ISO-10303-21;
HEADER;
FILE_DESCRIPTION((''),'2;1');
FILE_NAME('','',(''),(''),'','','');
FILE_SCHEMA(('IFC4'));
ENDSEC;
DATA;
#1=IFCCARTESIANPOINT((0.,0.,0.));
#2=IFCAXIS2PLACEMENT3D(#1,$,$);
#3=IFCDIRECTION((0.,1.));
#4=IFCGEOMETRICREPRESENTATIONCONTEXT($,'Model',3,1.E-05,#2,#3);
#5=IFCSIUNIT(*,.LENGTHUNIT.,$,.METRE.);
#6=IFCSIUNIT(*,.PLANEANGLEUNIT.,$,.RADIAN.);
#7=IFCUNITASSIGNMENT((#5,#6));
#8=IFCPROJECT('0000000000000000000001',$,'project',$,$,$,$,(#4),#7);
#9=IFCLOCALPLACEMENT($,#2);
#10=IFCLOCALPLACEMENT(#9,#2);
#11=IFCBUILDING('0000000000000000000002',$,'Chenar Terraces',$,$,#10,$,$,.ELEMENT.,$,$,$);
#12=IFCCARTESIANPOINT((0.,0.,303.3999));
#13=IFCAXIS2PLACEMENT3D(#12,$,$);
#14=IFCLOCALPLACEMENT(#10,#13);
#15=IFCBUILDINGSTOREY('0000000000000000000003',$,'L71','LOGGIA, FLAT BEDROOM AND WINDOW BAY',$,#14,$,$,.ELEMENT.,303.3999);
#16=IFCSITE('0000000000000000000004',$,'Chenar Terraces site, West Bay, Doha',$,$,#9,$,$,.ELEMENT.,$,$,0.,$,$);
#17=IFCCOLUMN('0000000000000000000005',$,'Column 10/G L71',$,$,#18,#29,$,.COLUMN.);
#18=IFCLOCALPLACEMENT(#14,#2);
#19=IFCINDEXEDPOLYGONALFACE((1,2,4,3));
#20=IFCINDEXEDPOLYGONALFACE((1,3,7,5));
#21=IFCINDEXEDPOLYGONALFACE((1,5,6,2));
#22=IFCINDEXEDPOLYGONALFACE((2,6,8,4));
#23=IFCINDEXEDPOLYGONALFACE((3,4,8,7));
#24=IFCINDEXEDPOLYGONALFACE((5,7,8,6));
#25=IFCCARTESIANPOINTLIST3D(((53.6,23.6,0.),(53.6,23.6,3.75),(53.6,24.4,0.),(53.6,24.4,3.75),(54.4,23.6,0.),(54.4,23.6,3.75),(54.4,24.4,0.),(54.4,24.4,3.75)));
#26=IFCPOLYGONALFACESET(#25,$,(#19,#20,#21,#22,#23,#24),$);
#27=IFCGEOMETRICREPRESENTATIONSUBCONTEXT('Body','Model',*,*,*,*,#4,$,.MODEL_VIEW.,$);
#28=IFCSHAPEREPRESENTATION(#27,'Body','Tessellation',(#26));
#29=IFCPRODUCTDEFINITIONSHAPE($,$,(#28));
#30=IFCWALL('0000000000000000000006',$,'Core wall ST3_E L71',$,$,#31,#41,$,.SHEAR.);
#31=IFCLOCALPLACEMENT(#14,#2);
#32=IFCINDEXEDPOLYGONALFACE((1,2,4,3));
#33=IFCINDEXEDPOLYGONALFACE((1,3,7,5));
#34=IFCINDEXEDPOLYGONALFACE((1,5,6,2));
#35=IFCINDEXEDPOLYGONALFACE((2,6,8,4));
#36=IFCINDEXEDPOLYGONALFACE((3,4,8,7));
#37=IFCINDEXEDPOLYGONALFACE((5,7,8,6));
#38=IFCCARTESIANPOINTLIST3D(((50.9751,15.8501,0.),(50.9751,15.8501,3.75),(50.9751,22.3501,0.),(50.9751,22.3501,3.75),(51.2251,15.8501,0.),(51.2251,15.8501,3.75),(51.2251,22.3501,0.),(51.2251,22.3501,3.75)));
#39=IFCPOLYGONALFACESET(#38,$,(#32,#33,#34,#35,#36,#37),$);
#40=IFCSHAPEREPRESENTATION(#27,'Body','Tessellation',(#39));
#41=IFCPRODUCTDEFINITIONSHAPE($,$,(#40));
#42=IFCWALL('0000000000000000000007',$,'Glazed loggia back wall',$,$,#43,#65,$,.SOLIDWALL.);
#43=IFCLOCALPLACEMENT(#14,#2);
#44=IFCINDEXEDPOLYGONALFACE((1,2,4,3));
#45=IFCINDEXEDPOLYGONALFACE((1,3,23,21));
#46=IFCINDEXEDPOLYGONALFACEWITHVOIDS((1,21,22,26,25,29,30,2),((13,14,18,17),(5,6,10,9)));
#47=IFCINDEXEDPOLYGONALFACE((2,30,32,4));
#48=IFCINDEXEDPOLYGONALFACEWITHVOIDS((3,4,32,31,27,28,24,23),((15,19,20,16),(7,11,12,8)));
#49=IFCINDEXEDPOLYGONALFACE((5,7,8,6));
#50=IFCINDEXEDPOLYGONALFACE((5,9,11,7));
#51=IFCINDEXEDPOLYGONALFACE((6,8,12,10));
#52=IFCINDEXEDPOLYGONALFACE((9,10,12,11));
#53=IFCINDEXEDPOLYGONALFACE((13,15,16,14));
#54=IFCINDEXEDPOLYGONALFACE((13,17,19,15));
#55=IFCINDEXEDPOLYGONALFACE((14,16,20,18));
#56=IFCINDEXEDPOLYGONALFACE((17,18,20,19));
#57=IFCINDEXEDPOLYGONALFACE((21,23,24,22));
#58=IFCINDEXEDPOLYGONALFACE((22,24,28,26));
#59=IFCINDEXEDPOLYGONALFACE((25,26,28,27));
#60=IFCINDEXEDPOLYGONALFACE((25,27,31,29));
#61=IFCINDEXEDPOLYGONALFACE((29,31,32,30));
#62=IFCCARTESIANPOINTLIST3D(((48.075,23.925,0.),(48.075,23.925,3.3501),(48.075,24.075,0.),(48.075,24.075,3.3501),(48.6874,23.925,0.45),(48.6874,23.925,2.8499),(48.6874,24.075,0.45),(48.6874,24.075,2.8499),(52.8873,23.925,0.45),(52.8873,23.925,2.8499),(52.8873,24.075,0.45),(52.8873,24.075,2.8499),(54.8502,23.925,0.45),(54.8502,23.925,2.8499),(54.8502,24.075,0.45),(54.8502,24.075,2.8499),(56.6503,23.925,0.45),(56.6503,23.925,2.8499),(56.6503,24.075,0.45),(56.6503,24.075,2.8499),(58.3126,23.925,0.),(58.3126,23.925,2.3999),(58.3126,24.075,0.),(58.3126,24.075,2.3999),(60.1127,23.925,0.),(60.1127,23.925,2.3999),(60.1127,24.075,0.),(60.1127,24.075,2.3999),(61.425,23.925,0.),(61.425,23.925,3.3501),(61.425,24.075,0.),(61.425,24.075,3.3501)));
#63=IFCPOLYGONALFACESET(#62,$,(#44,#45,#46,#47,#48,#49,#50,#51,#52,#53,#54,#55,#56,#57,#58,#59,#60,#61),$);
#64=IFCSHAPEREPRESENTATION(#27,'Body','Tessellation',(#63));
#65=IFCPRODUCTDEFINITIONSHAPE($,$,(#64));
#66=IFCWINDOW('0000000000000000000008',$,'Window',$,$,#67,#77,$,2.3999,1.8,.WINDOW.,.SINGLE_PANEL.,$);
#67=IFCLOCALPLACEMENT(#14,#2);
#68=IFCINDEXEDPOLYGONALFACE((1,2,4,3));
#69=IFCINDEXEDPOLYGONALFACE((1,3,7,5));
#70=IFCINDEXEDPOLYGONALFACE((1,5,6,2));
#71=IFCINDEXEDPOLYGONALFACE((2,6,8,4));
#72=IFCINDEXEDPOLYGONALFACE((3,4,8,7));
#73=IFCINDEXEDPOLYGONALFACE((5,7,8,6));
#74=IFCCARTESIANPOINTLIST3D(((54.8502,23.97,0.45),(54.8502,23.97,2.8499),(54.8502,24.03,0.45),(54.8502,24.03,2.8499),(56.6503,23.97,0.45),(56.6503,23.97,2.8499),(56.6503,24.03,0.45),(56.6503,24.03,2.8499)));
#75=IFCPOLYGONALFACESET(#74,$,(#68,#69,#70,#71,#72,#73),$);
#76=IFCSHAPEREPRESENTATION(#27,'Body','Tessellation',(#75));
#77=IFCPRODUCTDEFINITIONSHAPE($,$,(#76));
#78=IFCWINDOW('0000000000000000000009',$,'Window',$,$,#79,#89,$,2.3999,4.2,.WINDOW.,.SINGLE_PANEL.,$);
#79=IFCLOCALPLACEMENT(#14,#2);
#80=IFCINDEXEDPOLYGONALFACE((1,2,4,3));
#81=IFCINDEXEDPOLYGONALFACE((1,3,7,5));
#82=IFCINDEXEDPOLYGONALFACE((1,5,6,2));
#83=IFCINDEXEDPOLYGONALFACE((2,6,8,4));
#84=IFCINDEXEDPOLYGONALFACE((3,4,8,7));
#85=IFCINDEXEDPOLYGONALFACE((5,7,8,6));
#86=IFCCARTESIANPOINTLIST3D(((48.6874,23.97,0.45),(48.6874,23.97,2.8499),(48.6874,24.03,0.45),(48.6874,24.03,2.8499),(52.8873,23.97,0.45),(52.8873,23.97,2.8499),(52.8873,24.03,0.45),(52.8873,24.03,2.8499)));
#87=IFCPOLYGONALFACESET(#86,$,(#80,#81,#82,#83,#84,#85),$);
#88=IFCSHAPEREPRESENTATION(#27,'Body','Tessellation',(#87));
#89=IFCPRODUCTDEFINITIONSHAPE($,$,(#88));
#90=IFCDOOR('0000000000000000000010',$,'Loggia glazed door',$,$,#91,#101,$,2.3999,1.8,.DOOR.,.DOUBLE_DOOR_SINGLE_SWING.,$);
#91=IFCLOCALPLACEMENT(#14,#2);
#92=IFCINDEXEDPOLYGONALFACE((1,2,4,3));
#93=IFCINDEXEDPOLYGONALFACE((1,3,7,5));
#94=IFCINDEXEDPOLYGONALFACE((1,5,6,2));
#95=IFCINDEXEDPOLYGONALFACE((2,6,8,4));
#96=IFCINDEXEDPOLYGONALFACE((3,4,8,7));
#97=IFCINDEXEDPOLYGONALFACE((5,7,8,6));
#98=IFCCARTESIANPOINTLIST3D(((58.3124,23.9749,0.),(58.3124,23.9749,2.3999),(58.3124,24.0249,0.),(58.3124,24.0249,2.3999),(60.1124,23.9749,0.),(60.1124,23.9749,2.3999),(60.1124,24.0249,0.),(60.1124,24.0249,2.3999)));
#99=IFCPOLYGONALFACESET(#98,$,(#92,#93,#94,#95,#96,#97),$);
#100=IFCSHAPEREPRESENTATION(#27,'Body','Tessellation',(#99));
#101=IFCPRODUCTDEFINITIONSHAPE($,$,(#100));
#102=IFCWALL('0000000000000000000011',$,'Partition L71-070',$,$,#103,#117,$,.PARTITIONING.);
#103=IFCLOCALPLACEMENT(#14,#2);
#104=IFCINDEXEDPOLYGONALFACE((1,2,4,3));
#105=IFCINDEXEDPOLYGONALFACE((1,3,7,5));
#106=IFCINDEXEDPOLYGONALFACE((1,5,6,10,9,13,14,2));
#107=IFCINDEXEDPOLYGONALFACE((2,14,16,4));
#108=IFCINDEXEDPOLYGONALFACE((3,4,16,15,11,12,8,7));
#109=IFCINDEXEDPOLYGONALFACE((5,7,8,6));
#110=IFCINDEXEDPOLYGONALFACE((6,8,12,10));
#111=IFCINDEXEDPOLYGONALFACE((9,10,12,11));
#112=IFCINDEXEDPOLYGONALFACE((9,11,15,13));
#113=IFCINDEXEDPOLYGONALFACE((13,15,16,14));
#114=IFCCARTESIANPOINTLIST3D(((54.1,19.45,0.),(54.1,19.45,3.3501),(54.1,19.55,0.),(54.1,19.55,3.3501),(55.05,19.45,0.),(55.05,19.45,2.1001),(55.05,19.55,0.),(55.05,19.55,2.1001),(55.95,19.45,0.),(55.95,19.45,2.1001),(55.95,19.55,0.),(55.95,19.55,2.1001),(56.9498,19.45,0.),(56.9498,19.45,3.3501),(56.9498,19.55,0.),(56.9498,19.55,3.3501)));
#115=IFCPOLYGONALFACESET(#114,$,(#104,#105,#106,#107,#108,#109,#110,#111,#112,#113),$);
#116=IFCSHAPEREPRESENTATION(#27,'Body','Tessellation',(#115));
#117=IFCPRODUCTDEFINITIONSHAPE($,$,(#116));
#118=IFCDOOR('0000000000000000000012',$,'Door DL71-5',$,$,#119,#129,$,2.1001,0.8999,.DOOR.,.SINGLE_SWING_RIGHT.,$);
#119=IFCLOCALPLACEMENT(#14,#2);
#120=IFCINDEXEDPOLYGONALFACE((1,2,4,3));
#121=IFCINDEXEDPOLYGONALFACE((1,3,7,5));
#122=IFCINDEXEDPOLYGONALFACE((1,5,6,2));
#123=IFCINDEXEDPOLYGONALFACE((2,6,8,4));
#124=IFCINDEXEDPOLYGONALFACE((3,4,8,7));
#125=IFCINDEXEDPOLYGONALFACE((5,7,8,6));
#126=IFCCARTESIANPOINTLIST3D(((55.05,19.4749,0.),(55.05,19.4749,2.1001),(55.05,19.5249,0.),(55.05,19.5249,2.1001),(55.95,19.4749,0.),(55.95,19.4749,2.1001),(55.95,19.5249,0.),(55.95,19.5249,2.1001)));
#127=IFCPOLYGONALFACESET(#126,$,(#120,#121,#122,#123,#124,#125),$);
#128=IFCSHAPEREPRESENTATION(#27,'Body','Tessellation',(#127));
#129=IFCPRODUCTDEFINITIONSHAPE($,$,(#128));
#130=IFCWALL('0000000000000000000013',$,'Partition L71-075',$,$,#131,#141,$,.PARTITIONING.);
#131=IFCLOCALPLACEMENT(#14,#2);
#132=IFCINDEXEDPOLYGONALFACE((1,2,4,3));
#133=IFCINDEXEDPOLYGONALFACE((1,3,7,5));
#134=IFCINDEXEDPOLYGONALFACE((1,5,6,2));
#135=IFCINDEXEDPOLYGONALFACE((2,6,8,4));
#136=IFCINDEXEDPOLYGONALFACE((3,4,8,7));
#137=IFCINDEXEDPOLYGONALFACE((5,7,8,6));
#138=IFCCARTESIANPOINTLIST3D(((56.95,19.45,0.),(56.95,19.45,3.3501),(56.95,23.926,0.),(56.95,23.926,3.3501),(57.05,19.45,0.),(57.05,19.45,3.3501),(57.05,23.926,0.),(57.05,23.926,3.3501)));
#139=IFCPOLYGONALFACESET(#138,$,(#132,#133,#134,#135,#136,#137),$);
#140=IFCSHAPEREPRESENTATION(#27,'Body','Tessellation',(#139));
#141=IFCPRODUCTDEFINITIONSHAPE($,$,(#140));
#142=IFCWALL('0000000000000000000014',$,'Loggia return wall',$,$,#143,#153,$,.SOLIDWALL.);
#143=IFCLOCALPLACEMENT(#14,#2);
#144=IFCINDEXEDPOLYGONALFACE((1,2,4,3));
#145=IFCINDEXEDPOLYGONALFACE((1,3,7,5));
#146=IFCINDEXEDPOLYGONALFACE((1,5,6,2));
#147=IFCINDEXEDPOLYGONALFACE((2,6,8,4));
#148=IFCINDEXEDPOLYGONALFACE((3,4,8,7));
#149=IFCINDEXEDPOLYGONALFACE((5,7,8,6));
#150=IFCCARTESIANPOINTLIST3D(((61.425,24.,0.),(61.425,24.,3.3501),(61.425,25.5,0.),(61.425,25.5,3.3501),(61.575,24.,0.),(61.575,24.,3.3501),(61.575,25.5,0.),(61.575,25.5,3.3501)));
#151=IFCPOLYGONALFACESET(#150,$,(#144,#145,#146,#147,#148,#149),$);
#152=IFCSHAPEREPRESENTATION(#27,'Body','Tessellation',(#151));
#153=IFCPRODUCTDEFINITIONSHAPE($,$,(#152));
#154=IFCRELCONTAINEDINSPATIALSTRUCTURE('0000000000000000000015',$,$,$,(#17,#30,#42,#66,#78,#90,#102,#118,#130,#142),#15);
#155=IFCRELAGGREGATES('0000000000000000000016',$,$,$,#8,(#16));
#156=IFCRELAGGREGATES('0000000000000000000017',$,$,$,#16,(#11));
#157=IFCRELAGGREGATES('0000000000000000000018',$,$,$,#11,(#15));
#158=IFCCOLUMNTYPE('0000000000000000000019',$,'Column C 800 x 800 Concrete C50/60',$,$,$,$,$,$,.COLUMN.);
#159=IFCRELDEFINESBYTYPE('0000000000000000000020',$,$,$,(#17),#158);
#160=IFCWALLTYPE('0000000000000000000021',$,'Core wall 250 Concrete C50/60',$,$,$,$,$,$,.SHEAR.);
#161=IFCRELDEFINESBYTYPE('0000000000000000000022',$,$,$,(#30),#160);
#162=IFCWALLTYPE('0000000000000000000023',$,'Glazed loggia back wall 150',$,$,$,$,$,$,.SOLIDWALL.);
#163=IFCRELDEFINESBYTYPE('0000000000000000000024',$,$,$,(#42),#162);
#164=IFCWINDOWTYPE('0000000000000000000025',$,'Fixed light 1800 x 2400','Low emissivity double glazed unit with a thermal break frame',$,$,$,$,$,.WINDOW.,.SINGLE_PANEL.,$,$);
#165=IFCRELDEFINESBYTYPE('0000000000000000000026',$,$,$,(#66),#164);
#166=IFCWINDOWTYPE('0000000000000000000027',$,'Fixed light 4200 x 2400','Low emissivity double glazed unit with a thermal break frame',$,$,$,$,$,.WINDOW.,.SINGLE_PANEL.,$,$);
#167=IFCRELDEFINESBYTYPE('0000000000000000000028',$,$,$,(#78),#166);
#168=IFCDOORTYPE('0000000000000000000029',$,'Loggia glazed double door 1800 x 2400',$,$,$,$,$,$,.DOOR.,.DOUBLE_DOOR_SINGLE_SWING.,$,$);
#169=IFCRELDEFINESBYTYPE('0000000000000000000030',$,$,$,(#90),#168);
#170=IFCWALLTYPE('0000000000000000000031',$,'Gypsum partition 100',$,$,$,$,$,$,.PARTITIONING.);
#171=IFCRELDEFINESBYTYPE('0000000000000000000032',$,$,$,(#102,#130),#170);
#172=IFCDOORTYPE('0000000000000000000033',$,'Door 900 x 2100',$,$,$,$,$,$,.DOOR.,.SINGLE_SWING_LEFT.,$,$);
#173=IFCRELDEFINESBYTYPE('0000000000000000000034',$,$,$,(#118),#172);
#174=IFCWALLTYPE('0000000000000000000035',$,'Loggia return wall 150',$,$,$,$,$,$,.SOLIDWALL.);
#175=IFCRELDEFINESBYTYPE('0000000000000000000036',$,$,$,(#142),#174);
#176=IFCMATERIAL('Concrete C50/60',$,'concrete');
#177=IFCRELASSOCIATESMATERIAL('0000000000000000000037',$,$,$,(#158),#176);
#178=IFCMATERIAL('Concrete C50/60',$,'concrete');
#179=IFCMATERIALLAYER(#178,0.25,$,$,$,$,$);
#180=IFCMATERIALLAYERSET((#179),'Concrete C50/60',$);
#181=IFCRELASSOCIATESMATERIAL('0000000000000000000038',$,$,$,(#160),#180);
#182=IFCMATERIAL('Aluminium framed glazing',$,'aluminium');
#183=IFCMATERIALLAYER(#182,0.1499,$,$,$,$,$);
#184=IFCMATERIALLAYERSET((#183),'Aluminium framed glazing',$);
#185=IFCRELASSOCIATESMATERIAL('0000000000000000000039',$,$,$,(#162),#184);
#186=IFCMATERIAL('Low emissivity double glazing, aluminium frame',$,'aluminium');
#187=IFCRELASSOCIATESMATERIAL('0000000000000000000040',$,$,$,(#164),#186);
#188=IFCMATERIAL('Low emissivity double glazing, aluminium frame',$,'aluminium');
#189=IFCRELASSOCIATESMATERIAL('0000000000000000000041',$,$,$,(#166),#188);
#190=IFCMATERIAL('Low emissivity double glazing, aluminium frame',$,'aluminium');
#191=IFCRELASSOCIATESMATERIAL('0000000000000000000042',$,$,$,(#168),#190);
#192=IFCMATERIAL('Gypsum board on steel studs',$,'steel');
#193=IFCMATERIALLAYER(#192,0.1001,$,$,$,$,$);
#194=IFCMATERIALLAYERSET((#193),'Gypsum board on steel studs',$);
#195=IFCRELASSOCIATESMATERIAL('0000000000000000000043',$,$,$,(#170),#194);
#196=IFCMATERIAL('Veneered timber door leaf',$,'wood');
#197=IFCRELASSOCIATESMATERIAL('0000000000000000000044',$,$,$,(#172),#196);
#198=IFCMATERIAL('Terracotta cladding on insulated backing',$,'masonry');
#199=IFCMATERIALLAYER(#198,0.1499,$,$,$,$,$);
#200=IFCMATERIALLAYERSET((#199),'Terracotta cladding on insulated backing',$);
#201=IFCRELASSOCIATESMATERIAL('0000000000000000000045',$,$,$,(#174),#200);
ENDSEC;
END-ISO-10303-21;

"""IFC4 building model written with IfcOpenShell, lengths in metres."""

from ifc_helpers import new_model, si_unit, direction, frame, frame_2d, origin, origin_2d, place, context, subcontext, project, spatial, rectangle, extrude, material, layer, layer_set, material_profile, profile_set, type_object, element, fill, save


model = new_model("IFC4")

# Units and contexts
model_context = context("Model", 3, precision=1e-05, world=origin(), true_north=direction((0.0, 1.0)))
body_context = subcontext(model_context, "Body", "Model", "MODEL_VIEW")
ifc_project = project(units=[si_unit("LENGTHUNIT", "METRE"), si_unit("PLANEANGLEUNIT", "RADIAN")], contexts=[model_context])

# Site, building, storey
site_placement = place(None, origin())
site = spatial("IfcSite", under=ifc_project, at=site_placement, Name="Chenar Terraces site, West Bay, Doha", CompositionType="ELEMENT", RefElevation=0.0)
building_placement = place(site_placement, origin())
building = spatial("IfcBuilding", under=site, at=building_placement, Name="Chenar Terraces", CompositionType="ELEMENT")
storey_placement = place(building_placement, frame((0.0, 0.0, 303.3999)))
storey = spatial("IfcBuildingStorey", under=building, at=storey_placement, Name="L71", Description="LOGGIA, FLAT BEDROOM AND WINDOW BAY", CompositionType="ELEMENT", Elevation=303.3999)

# Column
ifc_material_1 = material(Name="Concrete C50/60", Category="concrete")
ifc_material_profile_1 = material_profile(ifc_material_1, rectangle(XDim=0.8, YDim=0.8, at=origin_2d()), Name="C 800 x 800")
ifc_profile_set_1 = profile_set([ifc_material_profile_1], Name="Concrete C50/60")
column_type = type_object("IfcColumnType", Name="Column C 800 x 800 Concrete C50/60", PredefinedType="COLUMN", material=ifc_profile_set_1)
column_placement = place(storey_placement, frame((54.0, 24.0, 0.0), z_axis=(0.0, 0.0, 1.0), x_axis=(1.0, 0.0, 0.0)))
element("IfcColumn", 1, at=column_placement, inside=storey, type_object=column_type, Name="Column 10/G L71", PredefinedType="COLUMN", context=body_context, shape_type="SweptSolid", body=[
    extrude(rectangle(XDim=0.8, YDim=0.8, at=origin_2d()), origin(), (0.0, 0.0, 1.0), 3.75),
])

# Wall
ifc_material_2 = material(Name="Concrete C50/60", Category="concrete")
ifc_layer_1 = layer(ifc_material_2, 0.25)
ifc_layer_set_1 = layer_set([ifc_layer_1], Name="Concrete C50/60")
wall_type_1 = type_object("IfcWallType", Name="Core wall 250 Concrete C50/60", PredefinedType="SHEAR", material=ifc_layer_set_1)
wall_1_placement = place(storey_placement, frame((51.1001, 15.8501, 0.0), z_axis=(0.0, 0.0, 1.0), x_axis=(0.0, 1.0, 0.0)))
element("IfcWall", 2, at=wall_1_placement, inside=storey, type_object=wall_type_1, Name="Core wall ST3_E L71", PredefinedType="SHEAR", context=body_context, shape_type="SweptSolid", body=[
    extrude(rectangle(XDim=6.5, YDim=0.25, at=frame_2d((3.25, 0.0))), origin(), (0.0, 0.0, 1.0), 3.75),
])

# Wall, openings, windows, door
ifc_material_3 = material(Name="Aluminium framed glazing", Category="aluminium")
ifc_layer_2 = layer(ifc_material_3, 0.1499)
ifc_layer_set_2 = layer_set([ifc_layer_2], Name="Aluminium framed glazing")
wall_type_2 = type_object("IfcWallType", Name="Glazed loggia back wall 150", PredefinedType="SOLIDWALL", material=ifc_layer_set_2)
wall_2_placement = place(storey_placement, frame((61.425, 24.0, 0.0), z_axis=(0.0, 0.0, 1.0), x_axis=(-1.0, 0.0, 0.0)))
wall_2 = element("IfcWall", 3, at=wall_2_placement, inside=storey, type_object=wall_type_2, Name="Glazed loggia back wall", PredefinedType="SOLIDWALL", context=body_context, shape_type="SweptSolid", body=[
    extrude(rectangle(XDim=13.3501, YDim=0.1499, at=frame_2d((6.675, 0.0))), origin(), (0.0, 0.0, 1.0), 3.3501),
])
opening_1_placement = place(wall_2_placement, frame((1.3125, 0.0, 0.0)))
opening_1 = element("IfcOpeningElement", 4, at=opening_1_placement, cuts=wall_2, PredefinedType="OPENING", context=body_context, shape_type="SweptSolid", body=[
    extrude(rectangle(XDim=1.8, YDim=2.3999, at=frame_2d((0.8999, 1.2))), frame((0.0, 0.085, 0.0), z_axis=(0.0, -1.0, 0.0), x_axis=(1.0, 0.0, 0.0)), (0.0, 0.0, 1.0), 0.1699),
])
opening_2_placement = place(wall_2_placement, frame((4.7749, 0.0, 0.45)))
opening_2 = element("IfcOpeningElement", 5, at=opening_2_placement, cuts=wall_2, PredefinedType="OPENING", context=body_context, shape_type="SweptSolid", body=[
    extrude(rectangle(XDim=1.8, YDim=2.3999, at=frame_2d((0.8999, 1.2))), frame((0.0, 0.085, 0.0), z_axis=(0.0, -1.0, 0.0), x_axis=(1.0, 0.0, 0.0)), (0.0, 0.0, 1.0), 0.1699),
])
opening_3_placement = place(wall_2_placement, frame((8.5376, 0.0, 0.45)))
opening_3 = element("IfcOpeningElement", 6, at=opening_3_placement, cuts=wall_2, PredefinedType="OPENING", context=body_context, shape_type="SweptSolid", body=[
    extrude(rectangle(XDim=4.2, YDim=2.3999, at=frame_2d((2.1001, 1.2))), frame((0.0, 0.085, 0.0), z_axis=(0.0, -1.0, 0.0), x_axis=(1.0, 0.0, 0.0)), (0.0, 0.0, 1.0), 0.1699),
])
ifc_material_4 = material(Name="Low emissivity double glazing, aluminium frame", Category="aluminium")
window_type_1 = type_object("IfcWindowType", Name="Fixed light 1800 x 2400", Description="Low emissivity double glazed unit with a thermal break frame", PartitioningType="SINGLE_PANEL", PredefinedType="WINDOW", material=ifc_material_4)
window_1_placement = place(opening_2_placement, origin())
window_1 = element("IfcWindow", 7, at=window_1_placement, inside=storey, type_object=window_type_1, Name="Window", OverallHeight=2.3999, OverallWidth=1.8, PartitioningType="SINGLE_PANEL", PredefinedType="WINDOW", context=body_context, shape_type="SweptSolid", body=[
    extrude(rectangle(XDim=1.8, YDim=2.3999, at=frame_2d((0.8999, 1.2))), frame((0.0, 0.03, 0.0), z_axis=(0.0, -1.0, 0.0), x_axis=(1.0, 0.0, 0.0)), (0.0, 0.0, 1.0), 0.0601),
])
fill(opening_2, window_1)
ifc_material_5 = material(Name="Low emissivity double glazing, aluminium frame", Category="aluminium")
window_type_2 = type_object("IfcWindowType", Name="Fixed light 4200 x 2400", Description="Low emissivity double glazed unit with a thermal break frame", PartitioningType="SINGLE_PANEL", PredefinedType="WINDOW", material=ifc_material_5)
window_2_placement = place(opening_3_placement, origin())
window_2 = element("IfcWindow", 8, at=window_2_placement, inside=storey, type_object=window_type_2, Name="Window", OverallHeight=2.3999, OverallWidth=4.2, PartitioningType="SINGLE_PANEL", PredefinedType="WINDOW", context=body_context, shape_type="SweptSolid", body=[
    extrude(rectangle(XDim=4.2, YDim=2.3999, at=frame_2d((2.1001, 1.2))), frame((0.0, 0.03, 0.0), z_axis=(0.0, -1.0, 0.0), x_axis=(1.0, 0.0, 0.0)), (0.0, 0.0, 1.0), 0.0601),
])
fill(opening_3, window_2)
ifc_material_6 = material(Name="Low emissivity double glazing, aluminium frame", Category="aluminium")
door_type_1 = type_object("IfcDoorType", Name="Loggia glazed double door 1800 x 2400", OperationType="DOUBLE_DOOR_SINGLE_SWING", PredefinedType="DOOR", material=ifc_material_6)
door_1_placement = place(opening_1_placement, frame((1.8, 0.0, 0.0), z_axis=(0.0, 0.0, 1.0), x_axis=(-1.0, 0.0, 0.0)))
door_1 = element("IfcDoor", 9, at=door_1_placement, inside=storey, type_object=door_type_1, Name="Loggia glazed door", OperationType="DOUBLE_DOOR_SINGLE_SWING", OverallHeight=2.3999, OverallWidth=1.8, PredefinedType="DOOR", context=body_context, shape_type="SweptSolid", body=[
    extrude(rectangle(XDim=1.8, YDim=2.3999, at=frame_2d((0.8999, 1.2))), frame((0.0, 0.0249, 0.0), z_axis=(0.0, -1.0, 0.0), x_axis=(1.0, 0.0, 0.0)), (0.0, 0.0, 1.0), 0.05),
])
fill(opening_1, door_1)

# Wall, opening, door
ifc_material_7 = material(Name="Gypsum board on steel studs", Category="steel")
ifc_layer_3 = layer(ifc_material_7, 0.1001)
ifc_layer_set_3 = layer_set([ifc_layer_3], Name="Gypsum board on steel studs")
wall_type_3 = type_object("IfcWallType", Name="Gypsum partition 100", PredefinedType="PARTITIONING", material=ifc_layer_set_3)
wall_3_placement = place(storey_placement, frame((54.1001, 19.5, 0.0), z_axis=(0.0, 0.0, 1.0), x_axis=(1.0, 0.0, 0.0)))
wall_3 = element("IfcWall", 10, at=wall_3_placement, inside=storey, type_object=wall_type_3, Name="Partition L71-070", PredefinedType="PARTITIONING", context=body_context, shape_type="SweptSolid", body=[
    extrude(rectangle(XDim=2.8499, YDim=0.1001, at=frame_2d((1.4248, 0.0))), origin(), (0.0, 0.0, 1.0), 3.3501),
])
opening_4_placement = place(wall_3_placement, frame((0.95, 0.0, 0.0)))
opening_4 = element("IfcOpeningElement", 11, at=opening_4_placement, cuts=wall_3, PredefinedType="OPENING", context=body_context, shape_type="SweptSolid", body=[
    extrude(rectangle(XDim=0.8999, YDim=2.1001, at=frame_2d((0.45, 1.05))), frame((0.0, 0.0601, 0.0), z_axis=(0.0, -1.0, 0.0), x_axis=(1.0, 0.0, 0.0)), (0.0, 0.0, 1.0), 0.1201),
])
ifc_material_8 = material(Name="Veneered timber door leaf", Category="wood")
door_type_2 = type_object("IfcDoorType", Name="Door 900 x 2100", OperationType="SINGLE_SWING_LEFT", PredefinedType="DOOR", material=ifc_material_8)
door_2_placement = place(opening_4_placement, origin())
door_2 = element("IfcDoor", 12, at=door_2_placement, inside=storey, type_object=door_type_2, Name="Door DL71-5", OperationType="SINGLE_SWING_RIGHT", OverallHeight=2.1001, OverallWidth=0.8999, PredefinedType="DOOR", context=body_context, shape_type="SweptSolid", body=[
    extrude(rectangle(XDim=0.8999, YDim=2.1001, at=frame_2d((0.45, 1.05))), frame((0.0, 0.0249, 0.0), z_axis=(0.0, -1.0, 0.0), x_axis=(1.0, 0.0, 0.0)), (0.0, 0.0, 1.0), 0.05),
])
fill(opening_4, door_2)

# Walls
wall_4_placement = place(storey_placement, frame((57.0, 19.45, 0.0), z_axis=(0.0, 0.0, 1.0), x_axis=(0.0, 1.0, 0.0)))
element("IfcWall", 13, at=wall_4_placement, inside=storey, type_object=wall_type_3, Name="Partition L71-075", PredefinedType="PARTITIONING", context=body_context, shape_type="SweptSolid", body=[
    extrude(rectangle(XDim=4.4761, YDim=0.1001, at=frame_2d((2.238, 0.0))), origin(), (0.0, 0.0, 1.0), 3.3501),
])
ifc_material_9 = material(Name="Terracotta cladding on insulated backing", Category="masonry")
ifc_layer_4 = layer(ifc_material_9, 0.1499)
ifc_layer_set_4 = layer_set([ifc_layer_4], Name="Terracotta cladding on insulated backing")
wall_type_4 = type_object("IfcWallType", Name="Loggia return wall 150", PredefinedType="SOLIDWALL", material=ifc_layer_set_4)
wall_5_placement = place(storey_placement, frame((61.5, 25.5, 0.0), z_axis=(0.0, 0.0, 1.0), x_axis=(0.0, -1.0, 0.0)))
element("IfcWall", 14, at=wall_5_placement, inside=storey, type_object=wall_type_4, Name="Loggia return wall", PredefinedType="SOLIDWALL", context=body_context, shape_type="SweptSolid", body=[
    extrude(rectangle(XDim=1.5, YDim=0.1499, at=frame_2d((0.75, 0.0))), origin(), (0.0, 0.0, 1.0), 3.3501),
])

save(model, "model.ifc")
